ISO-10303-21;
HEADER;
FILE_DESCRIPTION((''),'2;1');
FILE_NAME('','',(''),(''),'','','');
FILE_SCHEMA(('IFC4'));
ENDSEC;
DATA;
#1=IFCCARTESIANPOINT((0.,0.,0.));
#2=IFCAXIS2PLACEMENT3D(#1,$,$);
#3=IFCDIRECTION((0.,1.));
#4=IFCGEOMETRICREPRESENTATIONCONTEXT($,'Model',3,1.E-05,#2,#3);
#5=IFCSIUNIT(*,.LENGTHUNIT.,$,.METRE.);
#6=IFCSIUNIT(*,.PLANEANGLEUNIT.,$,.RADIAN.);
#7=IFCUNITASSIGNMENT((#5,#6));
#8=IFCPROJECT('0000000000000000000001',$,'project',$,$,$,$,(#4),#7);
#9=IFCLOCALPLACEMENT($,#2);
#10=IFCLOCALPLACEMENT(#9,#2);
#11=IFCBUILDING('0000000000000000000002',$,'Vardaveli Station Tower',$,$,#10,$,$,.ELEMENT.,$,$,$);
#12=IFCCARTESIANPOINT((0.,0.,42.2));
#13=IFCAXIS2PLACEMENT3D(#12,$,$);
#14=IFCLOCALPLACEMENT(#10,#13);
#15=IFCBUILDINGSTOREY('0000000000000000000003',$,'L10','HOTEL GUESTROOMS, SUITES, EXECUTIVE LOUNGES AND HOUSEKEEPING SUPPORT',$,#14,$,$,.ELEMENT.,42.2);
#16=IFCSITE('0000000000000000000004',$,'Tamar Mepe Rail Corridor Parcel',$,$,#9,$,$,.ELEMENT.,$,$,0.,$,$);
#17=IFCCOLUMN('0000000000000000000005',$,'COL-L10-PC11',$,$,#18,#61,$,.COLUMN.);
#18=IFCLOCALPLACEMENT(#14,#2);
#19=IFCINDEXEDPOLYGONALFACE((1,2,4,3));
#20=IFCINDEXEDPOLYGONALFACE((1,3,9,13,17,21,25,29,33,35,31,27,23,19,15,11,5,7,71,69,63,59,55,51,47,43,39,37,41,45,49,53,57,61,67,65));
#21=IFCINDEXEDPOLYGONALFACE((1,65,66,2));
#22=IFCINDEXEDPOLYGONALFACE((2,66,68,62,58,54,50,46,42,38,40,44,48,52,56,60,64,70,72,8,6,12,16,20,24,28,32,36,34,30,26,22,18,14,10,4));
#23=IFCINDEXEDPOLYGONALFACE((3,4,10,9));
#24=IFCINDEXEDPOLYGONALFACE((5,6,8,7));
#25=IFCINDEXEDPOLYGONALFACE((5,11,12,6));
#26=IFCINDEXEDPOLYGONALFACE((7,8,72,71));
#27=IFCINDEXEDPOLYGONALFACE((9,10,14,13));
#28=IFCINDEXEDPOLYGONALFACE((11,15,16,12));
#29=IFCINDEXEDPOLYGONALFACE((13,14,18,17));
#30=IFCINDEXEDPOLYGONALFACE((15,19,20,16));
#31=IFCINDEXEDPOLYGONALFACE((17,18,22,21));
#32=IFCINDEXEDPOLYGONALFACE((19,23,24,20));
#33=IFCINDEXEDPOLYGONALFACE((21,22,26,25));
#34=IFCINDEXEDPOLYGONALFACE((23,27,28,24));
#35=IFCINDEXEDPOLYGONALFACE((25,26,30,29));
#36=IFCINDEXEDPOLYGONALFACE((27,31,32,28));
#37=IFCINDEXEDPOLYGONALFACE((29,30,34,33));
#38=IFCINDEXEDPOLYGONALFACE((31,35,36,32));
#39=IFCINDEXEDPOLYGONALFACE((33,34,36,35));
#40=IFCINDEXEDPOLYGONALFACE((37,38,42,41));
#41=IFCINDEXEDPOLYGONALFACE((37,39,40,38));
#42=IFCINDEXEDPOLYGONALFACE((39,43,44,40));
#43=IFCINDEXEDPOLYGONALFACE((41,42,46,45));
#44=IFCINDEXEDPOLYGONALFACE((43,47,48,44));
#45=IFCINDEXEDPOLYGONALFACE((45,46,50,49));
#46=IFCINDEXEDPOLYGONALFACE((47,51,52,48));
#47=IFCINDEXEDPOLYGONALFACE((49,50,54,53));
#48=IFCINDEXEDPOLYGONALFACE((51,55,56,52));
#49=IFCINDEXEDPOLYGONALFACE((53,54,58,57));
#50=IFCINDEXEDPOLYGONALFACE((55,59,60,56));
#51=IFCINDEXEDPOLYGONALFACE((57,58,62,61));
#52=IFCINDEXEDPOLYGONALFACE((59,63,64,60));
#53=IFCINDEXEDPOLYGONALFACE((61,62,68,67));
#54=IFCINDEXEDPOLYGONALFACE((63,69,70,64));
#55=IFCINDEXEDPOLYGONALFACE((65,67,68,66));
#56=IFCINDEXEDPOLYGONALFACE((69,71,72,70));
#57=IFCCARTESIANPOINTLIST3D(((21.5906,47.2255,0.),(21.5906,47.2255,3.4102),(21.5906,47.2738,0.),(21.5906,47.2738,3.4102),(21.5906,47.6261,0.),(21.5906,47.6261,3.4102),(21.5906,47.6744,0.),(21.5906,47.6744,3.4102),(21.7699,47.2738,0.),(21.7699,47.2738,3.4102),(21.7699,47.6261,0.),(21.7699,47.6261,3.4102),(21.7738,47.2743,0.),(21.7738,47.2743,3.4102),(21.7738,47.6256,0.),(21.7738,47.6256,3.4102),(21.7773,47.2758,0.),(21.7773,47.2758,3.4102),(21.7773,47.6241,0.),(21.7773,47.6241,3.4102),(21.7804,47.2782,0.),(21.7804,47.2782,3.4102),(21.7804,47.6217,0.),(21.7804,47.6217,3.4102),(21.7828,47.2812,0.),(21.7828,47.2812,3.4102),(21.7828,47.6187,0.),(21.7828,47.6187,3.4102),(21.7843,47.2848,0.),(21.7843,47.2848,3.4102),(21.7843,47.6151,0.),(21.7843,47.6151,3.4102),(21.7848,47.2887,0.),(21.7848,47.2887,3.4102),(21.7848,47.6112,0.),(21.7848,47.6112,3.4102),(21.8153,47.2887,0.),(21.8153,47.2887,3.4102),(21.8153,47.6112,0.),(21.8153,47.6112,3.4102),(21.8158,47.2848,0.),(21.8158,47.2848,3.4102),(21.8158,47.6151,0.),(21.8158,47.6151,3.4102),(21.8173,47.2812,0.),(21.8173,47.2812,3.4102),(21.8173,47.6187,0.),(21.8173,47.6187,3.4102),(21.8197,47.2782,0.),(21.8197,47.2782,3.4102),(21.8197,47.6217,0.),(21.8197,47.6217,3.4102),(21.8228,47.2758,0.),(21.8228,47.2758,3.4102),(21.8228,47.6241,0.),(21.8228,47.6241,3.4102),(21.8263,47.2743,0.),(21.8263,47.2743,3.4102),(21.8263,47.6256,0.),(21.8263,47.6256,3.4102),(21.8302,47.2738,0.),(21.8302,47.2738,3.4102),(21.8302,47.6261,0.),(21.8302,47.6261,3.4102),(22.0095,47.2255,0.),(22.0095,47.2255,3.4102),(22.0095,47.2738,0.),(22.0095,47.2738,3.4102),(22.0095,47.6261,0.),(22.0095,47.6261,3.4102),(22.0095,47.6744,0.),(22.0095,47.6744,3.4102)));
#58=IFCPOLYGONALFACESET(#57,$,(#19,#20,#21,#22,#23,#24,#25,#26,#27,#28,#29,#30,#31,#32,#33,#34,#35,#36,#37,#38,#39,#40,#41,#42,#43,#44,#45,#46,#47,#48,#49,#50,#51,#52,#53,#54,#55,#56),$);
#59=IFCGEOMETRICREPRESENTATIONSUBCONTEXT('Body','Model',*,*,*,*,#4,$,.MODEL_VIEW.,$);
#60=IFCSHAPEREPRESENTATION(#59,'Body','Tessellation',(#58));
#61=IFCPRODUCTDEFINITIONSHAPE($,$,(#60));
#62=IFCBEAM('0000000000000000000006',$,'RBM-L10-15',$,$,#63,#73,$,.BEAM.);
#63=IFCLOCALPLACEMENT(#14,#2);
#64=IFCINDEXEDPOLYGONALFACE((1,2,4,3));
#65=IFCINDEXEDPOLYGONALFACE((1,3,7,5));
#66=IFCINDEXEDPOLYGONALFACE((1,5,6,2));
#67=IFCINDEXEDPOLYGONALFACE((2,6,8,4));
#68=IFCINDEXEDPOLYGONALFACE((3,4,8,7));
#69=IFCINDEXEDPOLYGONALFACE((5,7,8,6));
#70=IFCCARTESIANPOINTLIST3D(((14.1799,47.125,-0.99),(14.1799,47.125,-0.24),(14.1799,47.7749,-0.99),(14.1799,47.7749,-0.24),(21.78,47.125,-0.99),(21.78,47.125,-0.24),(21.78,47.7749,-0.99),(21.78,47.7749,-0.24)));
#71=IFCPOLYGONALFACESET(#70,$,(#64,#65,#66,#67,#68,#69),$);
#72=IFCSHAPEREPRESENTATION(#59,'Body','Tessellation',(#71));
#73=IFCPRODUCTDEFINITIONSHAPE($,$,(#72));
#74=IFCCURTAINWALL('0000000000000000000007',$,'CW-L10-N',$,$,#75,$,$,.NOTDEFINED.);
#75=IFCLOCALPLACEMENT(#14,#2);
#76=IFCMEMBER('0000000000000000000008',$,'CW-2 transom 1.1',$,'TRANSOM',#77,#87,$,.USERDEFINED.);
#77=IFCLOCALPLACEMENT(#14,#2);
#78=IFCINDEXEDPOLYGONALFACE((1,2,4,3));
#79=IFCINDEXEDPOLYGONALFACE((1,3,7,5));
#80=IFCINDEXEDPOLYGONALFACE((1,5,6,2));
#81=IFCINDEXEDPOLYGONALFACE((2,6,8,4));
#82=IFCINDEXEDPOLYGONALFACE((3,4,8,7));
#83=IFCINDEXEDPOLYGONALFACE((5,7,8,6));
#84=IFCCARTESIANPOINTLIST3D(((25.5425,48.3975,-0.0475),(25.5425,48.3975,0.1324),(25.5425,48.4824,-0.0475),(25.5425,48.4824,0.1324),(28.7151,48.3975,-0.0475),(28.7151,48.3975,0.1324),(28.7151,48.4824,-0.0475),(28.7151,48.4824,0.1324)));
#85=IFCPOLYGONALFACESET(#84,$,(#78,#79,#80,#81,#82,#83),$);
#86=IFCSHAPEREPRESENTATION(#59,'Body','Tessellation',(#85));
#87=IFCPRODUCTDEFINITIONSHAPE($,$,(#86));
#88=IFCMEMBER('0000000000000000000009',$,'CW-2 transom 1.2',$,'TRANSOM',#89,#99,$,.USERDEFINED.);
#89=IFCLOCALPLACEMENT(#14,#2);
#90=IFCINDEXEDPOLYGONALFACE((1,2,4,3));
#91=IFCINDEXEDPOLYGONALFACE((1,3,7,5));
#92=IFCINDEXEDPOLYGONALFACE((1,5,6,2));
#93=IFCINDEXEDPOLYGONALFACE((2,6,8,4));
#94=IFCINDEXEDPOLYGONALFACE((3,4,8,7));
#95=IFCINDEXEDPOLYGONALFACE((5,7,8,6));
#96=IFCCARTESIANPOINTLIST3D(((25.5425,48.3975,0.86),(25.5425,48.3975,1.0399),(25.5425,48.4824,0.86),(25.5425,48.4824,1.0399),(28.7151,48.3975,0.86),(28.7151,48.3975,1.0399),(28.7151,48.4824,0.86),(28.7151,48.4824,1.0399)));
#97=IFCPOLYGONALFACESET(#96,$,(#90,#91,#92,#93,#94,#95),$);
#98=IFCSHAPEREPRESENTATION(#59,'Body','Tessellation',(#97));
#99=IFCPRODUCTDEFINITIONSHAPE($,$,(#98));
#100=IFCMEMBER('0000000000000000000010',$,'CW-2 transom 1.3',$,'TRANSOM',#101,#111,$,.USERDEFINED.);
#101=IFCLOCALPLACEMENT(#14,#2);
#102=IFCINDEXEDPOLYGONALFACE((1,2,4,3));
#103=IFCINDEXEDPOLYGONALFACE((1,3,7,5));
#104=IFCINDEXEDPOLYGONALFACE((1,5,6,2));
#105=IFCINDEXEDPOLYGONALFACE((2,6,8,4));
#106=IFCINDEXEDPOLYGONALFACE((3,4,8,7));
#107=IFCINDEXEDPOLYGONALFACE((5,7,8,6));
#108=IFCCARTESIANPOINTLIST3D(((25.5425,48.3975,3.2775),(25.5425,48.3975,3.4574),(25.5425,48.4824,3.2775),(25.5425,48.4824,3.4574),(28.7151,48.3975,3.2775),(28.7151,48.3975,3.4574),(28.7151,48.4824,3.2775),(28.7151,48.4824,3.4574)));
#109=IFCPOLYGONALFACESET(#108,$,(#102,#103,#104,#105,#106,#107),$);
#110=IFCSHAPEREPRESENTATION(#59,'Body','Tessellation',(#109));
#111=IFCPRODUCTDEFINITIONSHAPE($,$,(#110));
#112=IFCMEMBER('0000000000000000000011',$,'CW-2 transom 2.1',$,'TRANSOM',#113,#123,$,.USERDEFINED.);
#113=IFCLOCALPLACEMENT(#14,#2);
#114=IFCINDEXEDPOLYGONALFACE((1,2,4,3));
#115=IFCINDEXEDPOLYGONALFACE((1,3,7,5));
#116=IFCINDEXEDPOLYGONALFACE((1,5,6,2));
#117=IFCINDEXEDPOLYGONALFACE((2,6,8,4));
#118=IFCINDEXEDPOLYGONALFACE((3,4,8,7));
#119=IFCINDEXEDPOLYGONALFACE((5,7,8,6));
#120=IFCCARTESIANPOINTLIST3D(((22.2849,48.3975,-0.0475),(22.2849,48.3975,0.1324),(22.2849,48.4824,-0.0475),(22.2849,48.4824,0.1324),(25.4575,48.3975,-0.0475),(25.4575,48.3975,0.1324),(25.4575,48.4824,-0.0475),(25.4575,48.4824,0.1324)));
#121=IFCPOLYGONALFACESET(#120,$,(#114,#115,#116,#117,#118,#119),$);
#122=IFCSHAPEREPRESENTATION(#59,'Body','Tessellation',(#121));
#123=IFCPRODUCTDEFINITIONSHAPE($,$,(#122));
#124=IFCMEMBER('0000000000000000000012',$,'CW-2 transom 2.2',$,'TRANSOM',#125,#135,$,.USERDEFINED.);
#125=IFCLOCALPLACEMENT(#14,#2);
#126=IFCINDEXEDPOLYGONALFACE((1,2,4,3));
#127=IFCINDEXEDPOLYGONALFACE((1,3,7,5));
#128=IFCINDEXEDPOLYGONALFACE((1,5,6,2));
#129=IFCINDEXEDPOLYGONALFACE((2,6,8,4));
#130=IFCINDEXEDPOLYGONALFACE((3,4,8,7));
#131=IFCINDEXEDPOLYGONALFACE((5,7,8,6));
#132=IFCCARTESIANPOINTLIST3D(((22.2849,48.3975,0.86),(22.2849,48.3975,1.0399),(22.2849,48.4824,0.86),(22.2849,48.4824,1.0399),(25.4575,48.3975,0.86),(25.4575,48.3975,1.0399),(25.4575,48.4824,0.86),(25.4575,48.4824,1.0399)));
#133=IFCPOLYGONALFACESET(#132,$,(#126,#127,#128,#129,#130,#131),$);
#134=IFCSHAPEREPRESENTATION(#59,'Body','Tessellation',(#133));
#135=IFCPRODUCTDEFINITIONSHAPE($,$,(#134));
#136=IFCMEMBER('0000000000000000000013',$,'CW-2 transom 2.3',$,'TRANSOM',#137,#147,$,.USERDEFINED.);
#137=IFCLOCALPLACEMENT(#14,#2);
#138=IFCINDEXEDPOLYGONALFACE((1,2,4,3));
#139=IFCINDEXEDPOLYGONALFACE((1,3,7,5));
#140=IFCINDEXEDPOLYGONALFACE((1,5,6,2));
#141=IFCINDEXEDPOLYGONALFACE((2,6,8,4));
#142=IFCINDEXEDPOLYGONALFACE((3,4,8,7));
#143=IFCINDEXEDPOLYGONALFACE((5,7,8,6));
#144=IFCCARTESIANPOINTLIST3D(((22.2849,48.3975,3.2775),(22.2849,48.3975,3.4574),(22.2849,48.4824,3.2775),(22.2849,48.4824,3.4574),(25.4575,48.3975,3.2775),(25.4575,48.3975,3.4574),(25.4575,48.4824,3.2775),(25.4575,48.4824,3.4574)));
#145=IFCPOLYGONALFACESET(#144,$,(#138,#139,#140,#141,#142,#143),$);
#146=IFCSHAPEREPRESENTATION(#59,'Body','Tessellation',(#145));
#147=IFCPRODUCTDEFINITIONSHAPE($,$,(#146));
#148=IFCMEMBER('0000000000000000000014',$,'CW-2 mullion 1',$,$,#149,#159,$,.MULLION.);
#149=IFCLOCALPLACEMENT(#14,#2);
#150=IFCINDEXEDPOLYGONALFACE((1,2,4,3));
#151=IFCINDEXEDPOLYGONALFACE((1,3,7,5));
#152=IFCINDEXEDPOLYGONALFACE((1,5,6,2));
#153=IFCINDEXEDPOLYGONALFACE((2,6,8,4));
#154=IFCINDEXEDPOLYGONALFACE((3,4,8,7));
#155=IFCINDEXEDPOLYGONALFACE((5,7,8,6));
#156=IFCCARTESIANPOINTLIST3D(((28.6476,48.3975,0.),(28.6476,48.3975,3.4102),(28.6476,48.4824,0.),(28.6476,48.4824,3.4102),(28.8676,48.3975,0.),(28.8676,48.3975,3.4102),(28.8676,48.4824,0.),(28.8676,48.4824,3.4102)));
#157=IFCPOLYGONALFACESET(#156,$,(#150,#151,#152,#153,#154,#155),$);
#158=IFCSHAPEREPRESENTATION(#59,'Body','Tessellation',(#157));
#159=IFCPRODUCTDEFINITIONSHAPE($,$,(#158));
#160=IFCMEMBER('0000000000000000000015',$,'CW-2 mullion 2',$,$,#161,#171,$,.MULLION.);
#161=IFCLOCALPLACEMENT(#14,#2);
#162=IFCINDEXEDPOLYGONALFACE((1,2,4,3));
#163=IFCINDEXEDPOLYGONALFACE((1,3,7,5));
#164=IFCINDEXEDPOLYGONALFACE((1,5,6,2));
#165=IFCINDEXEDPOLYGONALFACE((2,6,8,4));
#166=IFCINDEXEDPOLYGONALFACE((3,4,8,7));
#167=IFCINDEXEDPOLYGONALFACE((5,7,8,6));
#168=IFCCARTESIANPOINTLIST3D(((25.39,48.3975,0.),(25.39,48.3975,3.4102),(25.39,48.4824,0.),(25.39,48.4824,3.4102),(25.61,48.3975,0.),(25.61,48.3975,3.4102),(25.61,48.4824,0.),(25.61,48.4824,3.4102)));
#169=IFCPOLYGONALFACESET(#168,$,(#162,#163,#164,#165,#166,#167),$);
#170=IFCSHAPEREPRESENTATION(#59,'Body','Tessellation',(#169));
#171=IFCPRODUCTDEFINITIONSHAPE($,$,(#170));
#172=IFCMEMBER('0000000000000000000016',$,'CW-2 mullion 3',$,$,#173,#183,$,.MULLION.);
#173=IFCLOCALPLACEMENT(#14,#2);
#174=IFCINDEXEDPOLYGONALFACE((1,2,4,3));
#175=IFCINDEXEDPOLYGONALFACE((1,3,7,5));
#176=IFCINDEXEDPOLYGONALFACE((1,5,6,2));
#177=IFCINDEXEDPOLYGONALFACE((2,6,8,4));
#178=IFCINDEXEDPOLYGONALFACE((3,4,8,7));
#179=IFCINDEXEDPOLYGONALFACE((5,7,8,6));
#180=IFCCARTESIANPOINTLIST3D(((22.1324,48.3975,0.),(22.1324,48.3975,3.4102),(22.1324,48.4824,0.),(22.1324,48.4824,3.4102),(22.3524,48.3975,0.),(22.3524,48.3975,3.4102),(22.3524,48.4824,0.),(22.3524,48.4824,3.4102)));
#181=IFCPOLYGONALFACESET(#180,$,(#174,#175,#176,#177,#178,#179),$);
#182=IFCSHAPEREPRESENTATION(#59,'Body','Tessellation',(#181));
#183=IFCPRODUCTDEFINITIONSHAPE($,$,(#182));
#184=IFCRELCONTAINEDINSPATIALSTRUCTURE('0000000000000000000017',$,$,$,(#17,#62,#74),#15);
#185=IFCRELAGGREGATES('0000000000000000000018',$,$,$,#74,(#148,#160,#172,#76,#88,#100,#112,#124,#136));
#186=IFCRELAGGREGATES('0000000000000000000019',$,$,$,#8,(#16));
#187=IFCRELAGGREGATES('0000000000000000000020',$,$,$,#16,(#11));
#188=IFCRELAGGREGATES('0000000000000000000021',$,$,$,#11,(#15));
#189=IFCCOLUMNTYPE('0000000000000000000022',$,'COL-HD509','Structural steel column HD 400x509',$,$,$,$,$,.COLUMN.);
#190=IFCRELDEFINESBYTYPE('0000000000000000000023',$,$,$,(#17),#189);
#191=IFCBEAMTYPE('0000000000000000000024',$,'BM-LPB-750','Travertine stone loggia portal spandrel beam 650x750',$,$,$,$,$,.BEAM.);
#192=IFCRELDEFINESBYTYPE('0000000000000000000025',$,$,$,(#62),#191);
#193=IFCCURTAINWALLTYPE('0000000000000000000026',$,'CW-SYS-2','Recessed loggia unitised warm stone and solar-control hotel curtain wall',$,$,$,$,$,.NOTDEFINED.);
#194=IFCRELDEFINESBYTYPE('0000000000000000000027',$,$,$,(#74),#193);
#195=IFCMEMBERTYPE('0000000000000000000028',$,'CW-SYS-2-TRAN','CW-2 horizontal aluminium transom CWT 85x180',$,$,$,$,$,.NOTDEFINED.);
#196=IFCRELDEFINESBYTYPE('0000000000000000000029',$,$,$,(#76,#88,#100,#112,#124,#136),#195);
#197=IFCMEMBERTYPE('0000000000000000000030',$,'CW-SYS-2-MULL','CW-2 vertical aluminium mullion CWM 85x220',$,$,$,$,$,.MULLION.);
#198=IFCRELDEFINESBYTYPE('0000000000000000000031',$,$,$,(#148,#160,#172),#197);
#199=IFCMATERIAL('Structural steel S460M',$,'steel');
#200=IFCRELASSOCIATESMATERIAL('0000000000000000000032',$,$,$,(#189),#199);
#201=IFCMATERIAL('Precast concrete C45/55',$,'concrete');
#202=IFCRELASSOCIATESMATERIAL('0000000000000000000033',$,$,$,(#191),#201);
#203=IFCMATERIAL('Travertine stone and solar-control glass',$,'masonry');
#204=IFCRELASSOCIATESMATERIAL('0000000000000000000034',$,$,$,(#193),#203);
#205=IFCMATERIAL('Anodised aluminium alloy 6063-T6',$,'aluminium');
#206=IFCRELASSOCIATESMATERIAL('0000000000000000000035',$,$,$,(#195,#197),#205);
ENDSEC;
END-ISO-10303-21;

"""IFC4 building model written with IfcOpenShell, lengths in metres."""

from ifc_helpers import new_model, si_unit, direction, frame, origin, origin_2d, place, context, subcontext, project, spatial, rectangle, i_section, extrude, source, transform, mapped, material, material_profile, profile_set, type_object, element, aggregate, save


model = new_model("IFC4")

# Units and contexts
model_context = context("Model", 3, precision=1e-05, world=origin(), true_north=direction((0.0, 1.0)))
body_context = subcontext(model_context, "Body", "Model", "MODEL_VIEW")
ifc_project = project(units=[si_unit("LENGTHUNIT", "METRE"), si_unit("PLANEANGLEUNIT", "RADIAN")], contexts=[model_context])

# Site, building, storey
site_placement = place(None, origin())
site = spatial("IfcSite", under=ifc_project, at=site_placement, Name="Tamar Mepe Rail Corridor Parcel", CompositionType="ELEMENT", RefElevation=0.0)
building_placement = place(site_placement, origin())
building = spatial("IfcBuilding", under=site, at=building_placement, Name="Vardaveli Station Tower", CompositionType="ELEMENT")
storey_placement = place(building_placement, frame((0.0, 0.0, 42.2)))
storey = spatial("IfcBuildingStorey", under=building, at=storey_placement, Name="L10", Description="HOTEL GUESTROOMS, SUITES, EXECUTIVE LOUNGES AND HOUSEKEEPING SUPPORT", CompositionType="ELEMENT", Elevation=42.2)

# Column
ifc_material_1 = material(Name="Structural steel S460M", Category="steel")
ifc_material_profile_1 = material_profile(ifc_material_1, i_section(OverallWidth=0.4189, OverallDepth=0.449, WebThickness=0.0305, FlangeThickness=0.0483, FilletRadius=0.0149, at=origin_2d()), Name="HD 400x509")
ifc_profile_set_1 = profile_set([ifc_material_profile_1], Name="Structural steel S460M")
column_type = type_object("IfcColumnType", Name="COL-HD509", Description="Structural steel column HD 400x509", PredefinedType="COLUMN", material=ifc_profile_set_1)
shared_shape_1 = source(origin(), body_context, "Body", "SweptSolid", [
    extrude(i_section(OverallWidth=0.4189, OverallDepth=0.449, WebThickness=0.0305, FlangeThickness=0.0483, FilletRadius=0.0149, at=origin_2d()), origin(), (0.0, 0.0, 1.0), 3.4102),
])
column_placement = place(storey_placement, frame((21.8, 47.45, 0.0), z_axis=(0.0, 0.0, 1.0), x_axis=(1.0, 0.0, 0.0)))
element("IfcColumn", 1, at=column_placement, inside=storey, type_object=column_type, Name="COL-L10-PC11", PredefinedType="COLUMN", context=body_context, shape_type="MappedRepresentation", body=[
    mapped(shared_shape_1, transform((0.0, 0.0, 0.0), scale=1.0)),
])

# Beam
ifc_material_2 = material(Name="Precast concrete C45/55", Category="concrete")
ifc_material_profile_2 = material_profile(ifc_material_2, rectangle(XDim=0.6499, YDim=0.75, at=origin_2d()), Name="LPB 650x750")
ifc_profile_set_2 = profile_set([ifc_material_profile_2], Name="Precast concrete C45/55")
beam_type = type_object("IfcBeamType", Name="BM-LPB-750", Description="Travertine stone loggia portal spandrel beam 650x750", PredefinedType="BEAM", material=ifc_profile_set_2)
shared_shape_2 = source(origin(), body_context, "Body", "SweptSolid", [
    extrude(rectangle(XDim=0.6499, YDim=0.75, at=origin_2d()), origin(), (0.0, 0.0, 1.0), 7.6001),
])
beam_placement = place(storey_placement, frame((21.78, 47.45, -0.615), z_axis=(-1.0, 0.0, 0.0), x_axis=(0.0, -1.0, 0.0)))
element("IfcBeam", 2, at=beam_placement, inside=storey, type_object=beam_type, Name="RBM-L10-15", PredefinedType="BEAM", context=body_context, shape_type="MappedRepresentation", body=[
    mapped(shared_shape_2, transform((0.0, 0.0, 0.0), scale=1.0)),
])

# Curtain wall, members
ifc_material_3 = material(Name="Travertine stone and solar-control glass", Category="masonry")
curtain_wall_type = type_object("IfcCurtainWallType", Name="CW-SYS-2", Description="Recessed loggia unitised warm stone and solar-control hotel curtain wall", PredefinedType="NOTDEFINED", material=ifc_material_3)
curtain_wall_placement = place(storey_placement, origin())
curtain_wall = element("IfcCurtainWall", 3, at=curtain_wall_placement, inside=storey, type_object=curtain_wall_type, Name="CW-L10-N", PredefinedType="NOTDEFINED")
ifc_material_4 = material(Name="Anodised aluminium alloy 6063-T6", Category="aluminium")
ifc_material_profile_3 = material_profile(ifc_material_4, rectangle(XDim=0.085, YDim=0.1799, at=origin_2d()), Name="CWT 85x180")
ifc_profile_set_3 = profile_set([ifc_material_profile_3], Name="Anodised aluminium alloy 6063-T6")
member_type_1 = type_object("IfcMemberType", Name="CW-SYS-2-TRAN", Description="CW-2 horizontal aluminium transom CWT 85x180", PredefinedType="NOTDEFINED", material=ifc_profile_set_3)
shared_shape_3 = source(origin(), body_context, "Body", "SweptSolid", [
    extrude(rectangle(XDim=0.085, YDim=0.1799, at=origin_2d()), origin(), (0.0, 0.0, 1.0), 3.1726),
])
member_1_placement = place(storey_placement, frame((28.7151, 48.4399, 0.0425), z_axis=(-1.0, 0.0, 0.0), x_axis=(0.0, -1.0, 0.0)))
member_1 = element("IfcMember", 4, at=member_1_placement, type_object=member_type_1, Name="CW-2 transom 1.1", ObjectType="TRANSOM", PredefinedType="USERDEFINED", context=body_context, shape_type="MappedRepresentation", body=[
    mapped(shared_shape_3, transform((0.0, 0.0, 0.0), scale=1.0)),
])
member_2_placement = place(storey_placement, frame((28.7151, 48.4399, 0.95), z_axis=(-1.0, 0.0, 0.0), x_axis=(0.0, -1.0, 0.0)))
member_2 = element("IfcMember", 5, at=member_2_placement, type_object=member_type_1, Name="CW-2 transom 1.2", ObjectType="TRANSOM", PredefinedType="USERDEFINED", context=body_context, shape_type="MappedRepresentation", body=[
    mapped(shared_shape_3, transform((0.0, 0.0, 0.0), scale=1.0)),
])
member_3_placement = place(storey_placement, frame((28.7151, 48.4399, 3.3674), z_axis=(-1.0, 0.0, 0.0), x_axis=(0.0, -1.0, 0.0)))
member_3 = element("IfcMember", 6, at=member_3_placement, type_object=member_type_1, Name="CW-2 transom 1.3", ObjectType="TRANSOM", PredefinedType="USERDEFINED", context=body_context, shape_type="MappedRepresentation", body=[
    mapped(shared_shape_3, transform((0.0, 0.0, 0.0), scale=1.0)),
])
member_4_placement = place(storey_placement, frame((25.4575, 48.4399, 0.0425), z_axis=(-1.0, 0.0, 0.0), x_axis=(0.0, -1.0, 0.0)))
member_4 = element("IfcMember", 7, at=member_4_placement, type_object=member_type_1, Name="CW-2 transom 2.1", ObjectType="TRANSOM", PredefinedType="USERDEFINED", context=body_context, shape_type="MappedRepresentation", body=[
    mapped(shared_shape_3, transform((0.0, 0.0, 0.0), scale=1.0)),
])
member_5_placement = place(storey_placement, frame((25.4575, 48.4399, 0.95), z_axis=(-1.0, 0.0, 0.0), x_axis=(0.0, -1.0, 0.0)))
member_5 = element("IfcMember", 8, at=member_5_placement, type_object=member_type_1, Name="CW-2 transom 2.2", ObjectType="TRANSOM", PredefinedType="USERDEFINED", context=body_context, shape_type="MappedRepresentation", body=[
    mapped(shared_shape_3, transform((0.0, 0.0, 0.0), scale=1.0)),
])
member_6_placement = place(storey_placement, frame((25.4575, 48.4399, 3.3674), z_axis=(-1.0, 0.0, 0.0), x_axis=(0.0, -1.0, 0.0)))
member_6 = element("IfcMember", 9, at=member_6_placement, type_object=member_type_1, Name="CW-2 transom 2.3", ObjectType="TRANSOM", PredefinedType="USERDEFINED", context=body_context, shape_type="MappedRepresentation", body=[
    mapped(shared_shape_3, transform((0.0, 0.0, 0.0), scale=1.0)),
])
ifc_material_profile_4 = material_profile(ifc_material_4, rectangle(XDim=0.085, YDim=0.22, at=origin_2d()), Name="CWM 85x220")
ifc_profile_set_4 = profile_set([ifc_material_profile_4], Name="Anodised aluminium alloy 6063-T6")
member_type_2 = type_object("IfcMemberType", Name="CW-SYS-2-MULL", Description="CW-2 vertical aluminium mullion CWM 85x220", PredefinedType="MULLION", material=ifc_profile_set_4)
shared_shape_4 = source(origin(), body_context, "Body", "SweptSolid", [
    extrude(rectangle(XDim=0.085, YDim=0.22, at=origin_2d()), origin(), (0.0, 0.0, 1.0), 3.4102),
])
member_7_placement = place(storey_placement, frame((28.7576, 48.4399, 0.0), z_axis=(0.0, 0.0, 1.0), x_axis=(0.0, -1.0, 0.0)))
member_7 = element("IfcMember", 10, at=member_7_placement, type_object=member_type_2, Name="CW-2 mullion 1", PredefinedType="MULLION", context=body_context, shape_type="MappedRepresentation", body=[
    mapped(shared_shape_4, transform((0.0, 0.0, 0.0), scale=1.0)),
])
member_8_placement = place(storey_placement, frame((25.5, 48.4399, 0.0), z_axis=(0.0, 0.0, 1.0), x_axis=(0.0, -1.0, 0.0)))
member_8 = element("IfcMember", 11, at=member_8_placement, type_object=member_type_2, Name="CW-2 mullion 2", PredefinedType="MULLION", context=body_context, shape_type="MappedRepresentation", body=[
    mapped(shared_shape_4, transform((0.0, 0.0, 0.0), scale=1.0)),
])
member_9_placement = place(storey_placement, frame((22.2424, 48.4399, 0.0), z_axis=(0.0, 0.0, 1.0), x_axis=(0.0, -1.0, 0.0)))
member_9 = element("IfcMember", 12, at=member_9_placement, type_object=member_type_2, Name="CW-2 mullion 3", PredefinedType="MULLION", context=body_context, shape_type="MappedRepresentation", body=[
    mapped(shared_shape_4, transform((0.0, 0.0, 0.0), scale=1.0)),
])
aggregate(curtain_wall, [member_7, member_8, member_9, member_1, member_2, member_3, member_4, member_5, member_6])

save(model, "model.ifc")
